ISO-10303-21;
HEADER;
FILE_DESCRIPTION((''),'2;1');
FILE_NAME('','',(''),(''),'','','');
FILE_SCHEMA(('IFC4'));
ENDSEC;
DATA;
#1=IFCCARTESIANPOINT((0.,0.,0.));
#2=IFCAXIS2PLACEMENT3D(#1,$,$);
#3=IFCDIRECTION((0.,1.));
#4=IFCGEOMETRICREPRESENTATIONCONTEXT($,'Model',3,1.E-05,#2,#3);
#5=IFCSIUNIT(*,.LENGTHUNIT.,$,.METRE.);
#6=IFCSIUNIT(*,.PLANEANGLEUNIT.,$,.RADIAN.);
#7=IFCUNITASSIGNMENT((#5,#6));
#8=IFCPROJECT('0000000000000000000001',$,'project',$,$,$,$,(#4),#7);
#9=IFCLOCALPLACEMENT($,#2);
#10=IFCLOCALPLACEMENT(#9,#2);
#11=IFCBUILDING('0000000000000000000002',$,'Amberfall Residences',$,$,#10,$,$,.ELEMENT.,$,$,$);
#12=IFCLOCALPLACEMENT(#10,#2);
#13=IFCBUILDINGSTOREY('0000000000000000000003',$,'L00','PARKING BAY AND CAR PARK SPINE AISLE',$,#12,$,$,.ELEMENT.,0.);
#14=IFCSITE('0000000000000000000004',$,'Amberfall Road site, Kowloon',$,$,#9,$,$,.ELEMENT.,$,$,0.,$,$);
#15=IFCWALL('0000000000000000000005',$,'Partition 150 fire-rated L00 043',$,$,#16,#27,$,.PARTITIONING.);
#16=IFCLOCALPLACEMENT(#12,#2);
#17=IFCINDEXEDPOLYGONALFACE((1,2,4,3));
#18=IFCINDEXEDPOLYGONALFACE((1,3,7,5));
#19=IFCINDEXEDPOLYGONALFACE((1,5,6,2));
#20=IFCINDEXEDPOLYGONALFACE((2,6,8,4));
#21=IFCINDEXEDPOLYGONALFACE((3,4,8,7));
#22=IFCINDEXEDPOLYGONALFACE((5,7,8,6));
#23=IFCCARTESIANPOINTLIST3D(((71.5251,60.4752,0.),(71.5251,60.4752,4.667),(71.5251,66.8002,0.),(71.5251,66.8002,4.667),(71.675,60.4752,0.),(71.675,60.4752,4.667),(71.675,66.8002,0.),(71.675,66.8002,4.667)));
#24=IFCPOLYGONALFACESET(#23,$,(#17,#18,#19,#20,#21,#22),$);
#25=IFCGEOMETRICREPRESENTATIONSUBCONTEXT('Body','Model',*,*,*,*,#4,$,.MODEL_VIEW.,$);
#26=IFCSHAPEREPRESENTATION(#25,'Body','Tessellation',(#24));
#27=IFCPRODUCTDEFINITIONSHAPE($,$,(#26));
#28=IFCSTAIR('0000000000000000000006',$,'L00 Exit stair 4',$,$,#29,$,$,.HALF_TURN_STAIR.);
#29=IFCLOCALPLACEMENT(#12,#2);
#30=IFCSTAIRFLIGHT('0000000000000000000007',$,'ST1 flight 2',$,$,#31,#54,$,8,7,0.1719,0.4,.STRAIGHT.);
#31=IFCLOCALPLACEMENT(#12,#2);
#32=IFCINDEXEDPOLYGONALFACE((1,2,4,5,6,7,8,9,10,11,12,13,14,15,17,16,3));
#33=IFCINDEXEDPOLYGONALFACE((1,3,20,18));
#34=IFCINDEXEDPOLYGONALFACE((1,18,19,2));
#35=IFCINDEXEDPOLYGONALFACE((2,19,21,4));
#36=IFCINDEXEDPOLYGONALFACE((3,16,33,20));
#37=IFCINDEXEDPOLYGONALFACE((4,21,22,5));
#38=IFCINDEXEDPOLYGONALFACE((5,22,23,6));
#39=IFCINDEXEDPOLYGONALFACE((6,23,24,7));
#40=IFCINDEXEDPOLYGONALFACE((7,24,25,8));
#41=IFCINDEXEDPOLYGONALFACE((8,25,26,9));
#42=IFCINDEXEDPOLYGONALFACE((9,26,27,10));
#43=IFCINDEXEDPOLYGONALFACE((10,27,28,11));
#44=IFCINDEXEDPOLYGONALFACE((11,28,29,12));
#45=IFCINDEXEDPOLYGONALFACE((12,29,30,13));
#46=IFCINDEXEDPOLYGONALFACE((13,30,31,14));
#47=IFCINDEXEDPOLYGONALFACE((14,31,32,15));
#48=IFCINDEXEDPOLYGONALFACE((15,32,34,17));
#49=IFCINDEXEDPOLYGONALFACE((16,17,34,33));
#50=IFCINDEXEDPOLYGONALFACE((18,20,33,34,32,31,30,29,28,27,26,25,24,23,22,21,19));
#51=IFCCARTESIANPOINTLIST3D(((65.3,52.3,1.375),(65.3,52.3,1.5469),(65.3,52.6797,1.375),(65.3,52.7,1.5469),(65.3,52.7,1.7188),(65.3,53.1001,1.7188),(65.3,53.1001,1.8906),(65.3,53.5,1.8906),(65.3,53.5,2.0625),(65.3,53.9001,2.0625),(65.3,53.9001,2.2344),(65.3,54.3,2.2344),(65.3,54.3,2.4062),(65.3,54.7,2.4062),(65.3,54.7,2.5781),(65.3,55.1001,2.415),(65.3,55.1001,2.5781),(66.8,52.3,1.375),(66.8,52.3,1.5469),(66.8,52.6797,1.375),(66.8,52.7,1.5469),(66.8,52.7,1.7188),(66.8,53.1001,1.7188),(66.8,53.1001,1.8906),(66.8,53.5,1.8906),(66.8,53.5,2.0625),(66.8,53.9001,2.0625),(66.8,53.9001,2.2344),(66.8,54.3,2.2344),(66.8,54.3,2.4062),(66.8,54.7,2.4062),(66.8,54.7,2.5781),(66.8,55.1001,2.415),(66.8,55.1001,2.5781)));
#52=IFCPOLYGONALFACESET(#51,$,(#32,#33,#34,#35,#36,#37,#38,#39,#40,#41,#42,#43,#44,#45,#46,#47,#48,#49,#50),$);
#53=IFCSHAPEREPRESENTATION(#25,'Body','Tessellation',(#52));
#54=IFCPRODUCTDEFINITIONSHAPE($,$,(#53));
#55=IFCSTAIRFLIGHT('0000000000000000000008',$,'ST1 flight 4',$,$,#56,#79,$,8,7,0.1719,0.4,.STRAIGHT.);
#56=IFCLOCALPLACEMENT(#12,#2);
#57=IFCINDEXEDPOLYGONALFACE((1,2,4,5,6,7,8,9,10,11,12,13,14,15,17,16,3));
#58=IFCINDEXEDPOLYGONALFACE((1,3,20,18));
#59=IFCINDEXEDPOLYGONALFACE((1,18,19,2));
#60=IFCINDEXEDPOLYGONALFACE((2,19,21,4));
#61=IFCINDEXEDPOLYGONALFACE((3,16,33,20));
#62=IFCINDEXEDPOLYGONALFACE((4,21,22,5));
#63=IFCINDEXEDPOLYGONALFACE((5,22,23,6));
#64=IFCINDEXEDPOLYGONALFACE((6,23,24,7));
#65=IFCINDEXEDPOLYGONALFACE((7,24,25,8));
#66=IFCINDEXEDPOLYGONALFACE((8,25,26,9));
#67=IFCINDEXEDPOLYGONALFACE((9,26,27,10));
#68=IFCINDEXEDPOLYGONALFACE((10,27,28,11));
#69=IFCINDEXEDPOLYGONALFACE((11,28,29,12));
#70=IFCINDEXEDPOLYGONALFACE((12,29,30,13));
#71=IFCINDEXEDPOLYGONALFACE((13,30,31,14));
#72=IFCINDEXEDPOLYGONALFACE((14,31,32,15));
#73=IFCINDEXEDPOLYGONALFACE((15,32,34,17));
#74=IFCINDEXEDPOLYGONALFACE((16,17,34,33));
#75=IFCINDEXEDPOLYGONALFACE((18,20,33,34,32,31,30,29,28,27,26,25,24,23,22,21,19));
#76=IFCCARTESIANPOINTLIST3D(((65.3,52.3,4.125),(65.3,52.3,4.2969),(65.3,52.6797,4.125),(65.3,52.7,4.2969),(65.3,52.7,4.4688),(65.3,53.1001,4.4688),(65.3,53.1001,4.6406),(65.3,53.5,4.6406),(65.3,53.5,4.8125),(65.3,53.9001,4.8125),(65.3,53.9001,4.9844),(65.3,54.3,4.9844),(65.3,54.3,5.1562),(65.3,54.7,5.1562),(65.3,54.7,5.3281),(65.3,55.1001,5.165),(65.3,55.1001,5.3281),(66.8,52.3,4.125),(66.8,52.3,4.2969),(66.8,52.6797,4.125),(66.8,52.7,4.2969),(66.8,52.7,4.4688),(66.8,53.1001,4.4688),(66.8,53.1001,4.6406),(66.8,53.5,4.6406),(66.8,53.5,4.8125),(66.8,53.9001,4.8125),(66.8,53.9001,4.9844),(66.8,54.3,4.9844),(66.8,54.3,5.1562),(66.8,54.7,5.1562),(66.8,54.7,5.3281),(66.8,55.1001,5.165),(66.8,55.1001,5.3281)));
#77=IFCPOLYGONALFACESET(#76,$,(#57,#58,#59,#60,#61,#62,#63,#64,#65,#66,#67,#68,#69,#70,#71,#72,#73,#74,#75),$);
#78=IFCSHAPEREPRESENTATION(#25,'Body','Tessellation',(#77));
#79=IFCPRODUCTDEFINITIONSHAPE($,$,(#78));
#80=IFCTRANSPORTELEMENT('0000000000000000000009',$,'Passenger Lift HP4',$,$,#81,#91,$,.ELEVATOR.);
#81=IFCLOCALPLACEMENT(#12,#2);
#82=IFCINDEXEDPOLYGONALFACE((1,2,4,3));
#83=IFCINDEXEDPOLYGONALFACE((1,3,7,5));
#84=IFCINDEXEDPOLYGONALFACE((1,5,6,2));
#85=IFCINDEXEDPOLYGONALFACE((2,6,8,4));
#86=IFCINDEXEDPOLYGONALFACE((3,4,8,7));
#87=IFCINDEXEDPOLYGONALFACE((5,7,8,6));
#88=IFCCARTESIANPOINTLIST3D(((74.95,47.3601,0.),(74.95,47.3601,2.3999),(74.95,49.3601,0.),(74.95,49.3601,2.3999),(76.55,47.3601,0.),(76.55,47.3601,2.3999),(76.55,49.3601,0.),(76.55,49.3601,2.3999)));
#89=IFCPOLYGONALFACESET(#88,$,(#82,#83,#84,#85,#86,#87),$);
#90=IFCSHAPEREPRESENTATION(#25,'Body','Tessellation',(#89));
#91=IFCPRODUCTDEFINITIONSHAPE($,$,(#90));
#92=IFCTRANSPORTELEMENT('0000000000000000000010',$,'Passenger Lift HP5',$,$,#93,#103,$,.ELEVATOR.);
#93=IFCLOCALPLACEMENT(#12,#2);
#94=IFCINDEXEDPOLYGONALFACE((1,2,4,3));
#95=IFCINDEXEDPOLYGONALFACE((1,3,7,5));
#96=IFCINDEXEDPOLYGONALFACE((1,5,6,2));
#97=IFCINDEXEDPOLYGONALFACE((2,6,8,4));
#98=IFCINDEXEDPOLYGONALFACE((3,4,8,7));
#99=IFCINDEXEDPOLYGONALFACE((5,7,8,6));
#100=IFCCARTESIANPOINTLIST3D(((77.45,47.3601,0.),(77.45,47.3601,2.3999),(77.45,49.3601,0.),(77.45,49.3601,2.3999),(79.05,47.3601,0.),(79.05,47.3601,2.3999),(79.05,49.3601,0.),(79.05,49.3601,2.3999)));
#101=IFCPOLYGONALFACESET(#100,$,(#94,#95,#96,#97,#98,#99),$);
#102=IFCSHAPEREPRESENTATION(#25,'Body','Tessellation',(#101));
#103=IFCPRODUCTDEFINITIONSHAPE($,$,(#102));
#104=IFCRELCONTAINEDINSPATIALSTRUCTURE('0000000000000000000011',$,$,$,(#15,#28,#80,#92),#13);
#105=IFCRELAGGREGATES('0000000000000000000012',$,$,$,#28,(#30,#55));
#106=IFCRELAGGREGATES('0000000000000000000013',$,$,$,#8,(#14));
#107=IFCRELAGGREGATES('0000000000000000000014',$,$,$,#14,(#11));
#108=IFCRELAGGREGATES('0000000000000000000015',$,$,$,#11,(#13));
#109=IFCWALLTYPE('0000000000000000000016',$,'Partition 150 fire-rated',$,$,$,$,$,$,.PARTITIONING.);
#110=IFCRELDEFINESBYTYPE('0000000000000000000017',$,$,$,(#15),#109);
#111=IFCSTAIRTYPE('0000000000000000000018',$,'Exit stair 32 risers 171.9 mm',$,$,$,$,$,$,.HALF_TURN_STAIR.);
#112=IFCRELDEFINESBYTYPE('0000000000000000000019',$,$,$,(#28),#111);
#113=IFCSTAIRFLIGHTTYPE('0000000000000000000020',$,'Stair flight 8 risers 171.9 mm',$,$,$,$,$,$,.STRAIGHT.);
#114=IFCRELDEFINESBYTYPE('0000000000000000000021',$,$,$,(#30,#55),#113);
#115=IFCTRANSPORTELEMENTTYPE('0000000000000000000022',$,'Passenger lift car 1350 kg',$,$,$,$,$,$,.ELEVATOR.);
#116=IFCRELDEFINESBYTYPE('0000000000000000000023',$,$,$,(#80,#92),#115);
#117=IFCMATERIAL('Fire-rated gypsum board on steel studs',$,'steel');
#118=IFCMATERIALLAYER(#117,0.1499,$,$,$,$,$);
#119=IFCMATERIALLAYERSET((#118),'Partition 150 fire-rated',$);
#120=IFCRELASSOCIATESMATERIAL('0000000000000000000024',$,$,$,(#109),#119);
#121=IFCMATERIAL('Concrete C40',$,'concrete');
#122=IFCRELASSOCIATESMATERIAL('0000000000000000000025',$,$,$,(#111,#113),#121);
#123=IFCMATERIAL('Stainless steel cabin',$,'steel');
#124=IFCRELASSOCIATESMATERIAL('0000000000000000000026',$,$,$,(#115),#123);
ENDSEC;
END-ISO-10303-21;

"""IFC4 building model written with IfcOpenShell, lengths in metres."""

from ifc_helpers import new_model, si_unit, direction, frame, frame_2d, origin, origin_2d, place, context, subcontext, project, spatial, polyline, rectangle, outline, extrude, material, layer, layer_set, type_object, element, aggregate, save


model = new_model("IFC4")

# Units and contexts
model_context = context("Model", 3, precision=1e-05, world=origin(), true_north=direction((0.0, 1.0)))
body_context = subcontext(model_context, "Body", "Model", "MODEL_VIEW")
ifc_project = project(units=[si_unit("LENGTHUNIT", "METRE"), si_unit("PLANEANGLEUNIT", "RADIAN")], contexts=[model_context])

# Site, building, storey
site_placement = place(None, origin())
site = spatial("IfcSite", under=ifc_project, at=site_placement, Name="Amberfall Road site, Kowloon", CompositionType="ELEMENT", RefElevation=0.0)
building_placement = place(site_placement, origin())
building = spatial("IfcBuilding", under=site, at=building_placement, Name="Amberfall Residences", CompositionType="ELEMENT")
storey_placement = place(building_placement, origin())
storey = spatial("IfcBuildingStorey", under=building, at=storey_placement, Name="L00", Description="PARKING BAY AND CAR PARK SPINE AISLE", CompositionType="ELEMENT", Elevation=0.0)

# Shared definitions
ifc_material_1 = material(Name="Fire-rated gypsum board on steel studs", Category="steel")
ifc_layer_1 = layer(ifc_material_1, 0.1499)
ifc_layer_set_1 = layer_set([ifc_layer_1], Name="Partition 150 fire-rated")
wall_type_1 = type_object("IfcWallType", Name="Partition 150 fire-rated", PredefinedType="PARTITIONING", material=ifc_layer_set_1)

# Wall
for number, where, z_axis, x_axis, name in (
    (1, (71.6001, 60.4751, 0.0), (0.0, 0.0, 1.0), (0.0, 1.0, 0.0), "Partition 150 fire-rated L00 043"),
):
    element("IfcWall", number, at=place(storey_placement, frame(where, z_axis=z_axis, x_axis=x_axis)), inside=storey, type_object=wall_type_1, Name=name, PredefinedType="PARTITIONING", context=body_context, shape_type="SweptSolid", body=[
        extrude(rectangle(XDim=6.325, YDim=0.1499, at=frame_2d((3.1626, 0.0))), origin(), (0.0, 0.0, 1.0), 4.667),
    ])

# Stair, stair flights
ifc_material_2 = material(Name="Concrete C40", Category="concrete")
stair_type = type_object("IfcStairType", Name="Exit stair 32 risers 171.9 mm", PredefinedType="HALF_TURN_STAIR", material=ifc_material_2)
stair_placement = place(storey_placement, origin())
stair = element("IfcStair", 2, at=stair_placement, inside=storey, type_object=stair_type, Name="L00 Exit stair 4", PredefinedType="HALF_TURN_STAIR")
stair_flight_type = type_object("IfcStairFlightType", Name="Stair flight 8 risers 171.9 mm", PredefinedType="STRAIGHT", material=ifc_material_2)
stair_flight_1_placement = place(storey_placement, frame((66.05, 52.3, 1.375), z_axis=(0.0, 0.0, 1.0), x_axis=(0.0, 1.0, 0.0)))
stair_flight_1 = element("IfcStairFlight", 3, at=stair_flight_1_placement, type_object=stair_flight_type, Name="ST1 flight 2", NumberOfRisers=8, NumberOfTreads=7, PredefinedType="STRAIGHT", RiserHeight=0.1719, TreadLength=0.4, context=body_context, shape_type="SweptSolid", body=[
    extrude(outline(polyline([(0.0, 0.0), (0.0, 0.1719), (0.3999, 0.1719), (0.3999, 0.3438), (0.8, 0.3438), (0.8, 0.5156), (1.2, 0.5156), (1.2, 0.6875), (1.6001, 0.6875), (1.6001, 0.8594), (2.0, 0.8594), (2.0, 1.0312), (2.3999, 1.0312), (2.3999, 1.2031), (2.8, 1.2031), (2.8, 1.375), (2.8, 1.04), (0.3796, 0.0), (0.0, 0.0)])), frame((0.0, 0.75, 0.0), z_axis=(0.0, -1.0, 0.0), x_axis=(1.0, 0.0, 0.0)), (0.0, 0.0, 1.0), 1.5),
])
stair_flight_2_placement = place(storey_placement, frame((66.05, 52.3, 4.125), z_axis=(0.0, 0.0, 1.0), x_axis=(0.0, 1.0, 0.0)))
stair_flight_2 = element("IfcStairFlight", 4, at=stair_flight_2_placement, type_object=stair_flight_type, Name="ST1 flight 4", NumberOfRisers=8, NumberOfTreads=7, PredefinedType="STRAIGHT", RiserHeight=0.1719, TreadLength=0.4, context=body_context, shape_type="SweptSolid", body=[
    extrude(outline(polyline([(0.0, 0.0), (0.0, 0.1719), (0.3999, 0.1719), (0.3999, 0.3438), (0.8, 0.3438), (0.8, 0.5156), (1.2, 0.5156), (1.2, 0.6875), (1.6001, 0.6875), (1.6001, 0.8594), (2.0, 0.8594), (2.0, 1.0312), (2.3999, 1.0312), (2.3999, 1.2031), (2.8, 1.2031), (2.8, 1.375), (2.8, 1.04), (0.3796, 0.0), (0.0, 0.0)])), frame((0.0, 0.75, 0.0), z_axis=(0.0, -1.0, 0.0), x_axis=(1.0, 0.0, 0.0)), (0.0, 0.0, 1.0), 1.5),
])
aggregate(stair, [stair_flight_1, stair_flight_2])

# Transport elements
ifc_material_3 = material(Name="Stainless steel cabin", Category="steel")
transport_element_type = type_object("IfcTransportElementType", Name="Passenger lift car 1350 kg", PredefinedType="ELEVATOR", material=ifc_material_3)
for number, where, z_axis, x_axis, name in (
    (5, (75.75, 48.3601, 0.0), (0.0, 0.0, 1.0), (1.0, 0.0, 0.0), "Passenger Lift HP4"),
    (6, (78.25, 48.3601, 0.0), (0.0, 0.0, 1.0), (1.0, 0.0, 0.0), "Passenger Lift HP5"),
):
    element("IfcTransportElement", number, at=place(storey_placement, frame(where, z_axis=z_axis, x_axis=x_axis)), inside=storey, type_object=transport_element_type, Name=name, PredefinedType="ELEVATOR", context=body_context, shape_type="SweptSolid", body=[
        extrude(rectangle(XDim=1.6001, YDim=2.0, at=origin_2d()), origin(), (0.0, 0.0, 1.0), 2.3999),
    ])

save(model, "model.ifc")
